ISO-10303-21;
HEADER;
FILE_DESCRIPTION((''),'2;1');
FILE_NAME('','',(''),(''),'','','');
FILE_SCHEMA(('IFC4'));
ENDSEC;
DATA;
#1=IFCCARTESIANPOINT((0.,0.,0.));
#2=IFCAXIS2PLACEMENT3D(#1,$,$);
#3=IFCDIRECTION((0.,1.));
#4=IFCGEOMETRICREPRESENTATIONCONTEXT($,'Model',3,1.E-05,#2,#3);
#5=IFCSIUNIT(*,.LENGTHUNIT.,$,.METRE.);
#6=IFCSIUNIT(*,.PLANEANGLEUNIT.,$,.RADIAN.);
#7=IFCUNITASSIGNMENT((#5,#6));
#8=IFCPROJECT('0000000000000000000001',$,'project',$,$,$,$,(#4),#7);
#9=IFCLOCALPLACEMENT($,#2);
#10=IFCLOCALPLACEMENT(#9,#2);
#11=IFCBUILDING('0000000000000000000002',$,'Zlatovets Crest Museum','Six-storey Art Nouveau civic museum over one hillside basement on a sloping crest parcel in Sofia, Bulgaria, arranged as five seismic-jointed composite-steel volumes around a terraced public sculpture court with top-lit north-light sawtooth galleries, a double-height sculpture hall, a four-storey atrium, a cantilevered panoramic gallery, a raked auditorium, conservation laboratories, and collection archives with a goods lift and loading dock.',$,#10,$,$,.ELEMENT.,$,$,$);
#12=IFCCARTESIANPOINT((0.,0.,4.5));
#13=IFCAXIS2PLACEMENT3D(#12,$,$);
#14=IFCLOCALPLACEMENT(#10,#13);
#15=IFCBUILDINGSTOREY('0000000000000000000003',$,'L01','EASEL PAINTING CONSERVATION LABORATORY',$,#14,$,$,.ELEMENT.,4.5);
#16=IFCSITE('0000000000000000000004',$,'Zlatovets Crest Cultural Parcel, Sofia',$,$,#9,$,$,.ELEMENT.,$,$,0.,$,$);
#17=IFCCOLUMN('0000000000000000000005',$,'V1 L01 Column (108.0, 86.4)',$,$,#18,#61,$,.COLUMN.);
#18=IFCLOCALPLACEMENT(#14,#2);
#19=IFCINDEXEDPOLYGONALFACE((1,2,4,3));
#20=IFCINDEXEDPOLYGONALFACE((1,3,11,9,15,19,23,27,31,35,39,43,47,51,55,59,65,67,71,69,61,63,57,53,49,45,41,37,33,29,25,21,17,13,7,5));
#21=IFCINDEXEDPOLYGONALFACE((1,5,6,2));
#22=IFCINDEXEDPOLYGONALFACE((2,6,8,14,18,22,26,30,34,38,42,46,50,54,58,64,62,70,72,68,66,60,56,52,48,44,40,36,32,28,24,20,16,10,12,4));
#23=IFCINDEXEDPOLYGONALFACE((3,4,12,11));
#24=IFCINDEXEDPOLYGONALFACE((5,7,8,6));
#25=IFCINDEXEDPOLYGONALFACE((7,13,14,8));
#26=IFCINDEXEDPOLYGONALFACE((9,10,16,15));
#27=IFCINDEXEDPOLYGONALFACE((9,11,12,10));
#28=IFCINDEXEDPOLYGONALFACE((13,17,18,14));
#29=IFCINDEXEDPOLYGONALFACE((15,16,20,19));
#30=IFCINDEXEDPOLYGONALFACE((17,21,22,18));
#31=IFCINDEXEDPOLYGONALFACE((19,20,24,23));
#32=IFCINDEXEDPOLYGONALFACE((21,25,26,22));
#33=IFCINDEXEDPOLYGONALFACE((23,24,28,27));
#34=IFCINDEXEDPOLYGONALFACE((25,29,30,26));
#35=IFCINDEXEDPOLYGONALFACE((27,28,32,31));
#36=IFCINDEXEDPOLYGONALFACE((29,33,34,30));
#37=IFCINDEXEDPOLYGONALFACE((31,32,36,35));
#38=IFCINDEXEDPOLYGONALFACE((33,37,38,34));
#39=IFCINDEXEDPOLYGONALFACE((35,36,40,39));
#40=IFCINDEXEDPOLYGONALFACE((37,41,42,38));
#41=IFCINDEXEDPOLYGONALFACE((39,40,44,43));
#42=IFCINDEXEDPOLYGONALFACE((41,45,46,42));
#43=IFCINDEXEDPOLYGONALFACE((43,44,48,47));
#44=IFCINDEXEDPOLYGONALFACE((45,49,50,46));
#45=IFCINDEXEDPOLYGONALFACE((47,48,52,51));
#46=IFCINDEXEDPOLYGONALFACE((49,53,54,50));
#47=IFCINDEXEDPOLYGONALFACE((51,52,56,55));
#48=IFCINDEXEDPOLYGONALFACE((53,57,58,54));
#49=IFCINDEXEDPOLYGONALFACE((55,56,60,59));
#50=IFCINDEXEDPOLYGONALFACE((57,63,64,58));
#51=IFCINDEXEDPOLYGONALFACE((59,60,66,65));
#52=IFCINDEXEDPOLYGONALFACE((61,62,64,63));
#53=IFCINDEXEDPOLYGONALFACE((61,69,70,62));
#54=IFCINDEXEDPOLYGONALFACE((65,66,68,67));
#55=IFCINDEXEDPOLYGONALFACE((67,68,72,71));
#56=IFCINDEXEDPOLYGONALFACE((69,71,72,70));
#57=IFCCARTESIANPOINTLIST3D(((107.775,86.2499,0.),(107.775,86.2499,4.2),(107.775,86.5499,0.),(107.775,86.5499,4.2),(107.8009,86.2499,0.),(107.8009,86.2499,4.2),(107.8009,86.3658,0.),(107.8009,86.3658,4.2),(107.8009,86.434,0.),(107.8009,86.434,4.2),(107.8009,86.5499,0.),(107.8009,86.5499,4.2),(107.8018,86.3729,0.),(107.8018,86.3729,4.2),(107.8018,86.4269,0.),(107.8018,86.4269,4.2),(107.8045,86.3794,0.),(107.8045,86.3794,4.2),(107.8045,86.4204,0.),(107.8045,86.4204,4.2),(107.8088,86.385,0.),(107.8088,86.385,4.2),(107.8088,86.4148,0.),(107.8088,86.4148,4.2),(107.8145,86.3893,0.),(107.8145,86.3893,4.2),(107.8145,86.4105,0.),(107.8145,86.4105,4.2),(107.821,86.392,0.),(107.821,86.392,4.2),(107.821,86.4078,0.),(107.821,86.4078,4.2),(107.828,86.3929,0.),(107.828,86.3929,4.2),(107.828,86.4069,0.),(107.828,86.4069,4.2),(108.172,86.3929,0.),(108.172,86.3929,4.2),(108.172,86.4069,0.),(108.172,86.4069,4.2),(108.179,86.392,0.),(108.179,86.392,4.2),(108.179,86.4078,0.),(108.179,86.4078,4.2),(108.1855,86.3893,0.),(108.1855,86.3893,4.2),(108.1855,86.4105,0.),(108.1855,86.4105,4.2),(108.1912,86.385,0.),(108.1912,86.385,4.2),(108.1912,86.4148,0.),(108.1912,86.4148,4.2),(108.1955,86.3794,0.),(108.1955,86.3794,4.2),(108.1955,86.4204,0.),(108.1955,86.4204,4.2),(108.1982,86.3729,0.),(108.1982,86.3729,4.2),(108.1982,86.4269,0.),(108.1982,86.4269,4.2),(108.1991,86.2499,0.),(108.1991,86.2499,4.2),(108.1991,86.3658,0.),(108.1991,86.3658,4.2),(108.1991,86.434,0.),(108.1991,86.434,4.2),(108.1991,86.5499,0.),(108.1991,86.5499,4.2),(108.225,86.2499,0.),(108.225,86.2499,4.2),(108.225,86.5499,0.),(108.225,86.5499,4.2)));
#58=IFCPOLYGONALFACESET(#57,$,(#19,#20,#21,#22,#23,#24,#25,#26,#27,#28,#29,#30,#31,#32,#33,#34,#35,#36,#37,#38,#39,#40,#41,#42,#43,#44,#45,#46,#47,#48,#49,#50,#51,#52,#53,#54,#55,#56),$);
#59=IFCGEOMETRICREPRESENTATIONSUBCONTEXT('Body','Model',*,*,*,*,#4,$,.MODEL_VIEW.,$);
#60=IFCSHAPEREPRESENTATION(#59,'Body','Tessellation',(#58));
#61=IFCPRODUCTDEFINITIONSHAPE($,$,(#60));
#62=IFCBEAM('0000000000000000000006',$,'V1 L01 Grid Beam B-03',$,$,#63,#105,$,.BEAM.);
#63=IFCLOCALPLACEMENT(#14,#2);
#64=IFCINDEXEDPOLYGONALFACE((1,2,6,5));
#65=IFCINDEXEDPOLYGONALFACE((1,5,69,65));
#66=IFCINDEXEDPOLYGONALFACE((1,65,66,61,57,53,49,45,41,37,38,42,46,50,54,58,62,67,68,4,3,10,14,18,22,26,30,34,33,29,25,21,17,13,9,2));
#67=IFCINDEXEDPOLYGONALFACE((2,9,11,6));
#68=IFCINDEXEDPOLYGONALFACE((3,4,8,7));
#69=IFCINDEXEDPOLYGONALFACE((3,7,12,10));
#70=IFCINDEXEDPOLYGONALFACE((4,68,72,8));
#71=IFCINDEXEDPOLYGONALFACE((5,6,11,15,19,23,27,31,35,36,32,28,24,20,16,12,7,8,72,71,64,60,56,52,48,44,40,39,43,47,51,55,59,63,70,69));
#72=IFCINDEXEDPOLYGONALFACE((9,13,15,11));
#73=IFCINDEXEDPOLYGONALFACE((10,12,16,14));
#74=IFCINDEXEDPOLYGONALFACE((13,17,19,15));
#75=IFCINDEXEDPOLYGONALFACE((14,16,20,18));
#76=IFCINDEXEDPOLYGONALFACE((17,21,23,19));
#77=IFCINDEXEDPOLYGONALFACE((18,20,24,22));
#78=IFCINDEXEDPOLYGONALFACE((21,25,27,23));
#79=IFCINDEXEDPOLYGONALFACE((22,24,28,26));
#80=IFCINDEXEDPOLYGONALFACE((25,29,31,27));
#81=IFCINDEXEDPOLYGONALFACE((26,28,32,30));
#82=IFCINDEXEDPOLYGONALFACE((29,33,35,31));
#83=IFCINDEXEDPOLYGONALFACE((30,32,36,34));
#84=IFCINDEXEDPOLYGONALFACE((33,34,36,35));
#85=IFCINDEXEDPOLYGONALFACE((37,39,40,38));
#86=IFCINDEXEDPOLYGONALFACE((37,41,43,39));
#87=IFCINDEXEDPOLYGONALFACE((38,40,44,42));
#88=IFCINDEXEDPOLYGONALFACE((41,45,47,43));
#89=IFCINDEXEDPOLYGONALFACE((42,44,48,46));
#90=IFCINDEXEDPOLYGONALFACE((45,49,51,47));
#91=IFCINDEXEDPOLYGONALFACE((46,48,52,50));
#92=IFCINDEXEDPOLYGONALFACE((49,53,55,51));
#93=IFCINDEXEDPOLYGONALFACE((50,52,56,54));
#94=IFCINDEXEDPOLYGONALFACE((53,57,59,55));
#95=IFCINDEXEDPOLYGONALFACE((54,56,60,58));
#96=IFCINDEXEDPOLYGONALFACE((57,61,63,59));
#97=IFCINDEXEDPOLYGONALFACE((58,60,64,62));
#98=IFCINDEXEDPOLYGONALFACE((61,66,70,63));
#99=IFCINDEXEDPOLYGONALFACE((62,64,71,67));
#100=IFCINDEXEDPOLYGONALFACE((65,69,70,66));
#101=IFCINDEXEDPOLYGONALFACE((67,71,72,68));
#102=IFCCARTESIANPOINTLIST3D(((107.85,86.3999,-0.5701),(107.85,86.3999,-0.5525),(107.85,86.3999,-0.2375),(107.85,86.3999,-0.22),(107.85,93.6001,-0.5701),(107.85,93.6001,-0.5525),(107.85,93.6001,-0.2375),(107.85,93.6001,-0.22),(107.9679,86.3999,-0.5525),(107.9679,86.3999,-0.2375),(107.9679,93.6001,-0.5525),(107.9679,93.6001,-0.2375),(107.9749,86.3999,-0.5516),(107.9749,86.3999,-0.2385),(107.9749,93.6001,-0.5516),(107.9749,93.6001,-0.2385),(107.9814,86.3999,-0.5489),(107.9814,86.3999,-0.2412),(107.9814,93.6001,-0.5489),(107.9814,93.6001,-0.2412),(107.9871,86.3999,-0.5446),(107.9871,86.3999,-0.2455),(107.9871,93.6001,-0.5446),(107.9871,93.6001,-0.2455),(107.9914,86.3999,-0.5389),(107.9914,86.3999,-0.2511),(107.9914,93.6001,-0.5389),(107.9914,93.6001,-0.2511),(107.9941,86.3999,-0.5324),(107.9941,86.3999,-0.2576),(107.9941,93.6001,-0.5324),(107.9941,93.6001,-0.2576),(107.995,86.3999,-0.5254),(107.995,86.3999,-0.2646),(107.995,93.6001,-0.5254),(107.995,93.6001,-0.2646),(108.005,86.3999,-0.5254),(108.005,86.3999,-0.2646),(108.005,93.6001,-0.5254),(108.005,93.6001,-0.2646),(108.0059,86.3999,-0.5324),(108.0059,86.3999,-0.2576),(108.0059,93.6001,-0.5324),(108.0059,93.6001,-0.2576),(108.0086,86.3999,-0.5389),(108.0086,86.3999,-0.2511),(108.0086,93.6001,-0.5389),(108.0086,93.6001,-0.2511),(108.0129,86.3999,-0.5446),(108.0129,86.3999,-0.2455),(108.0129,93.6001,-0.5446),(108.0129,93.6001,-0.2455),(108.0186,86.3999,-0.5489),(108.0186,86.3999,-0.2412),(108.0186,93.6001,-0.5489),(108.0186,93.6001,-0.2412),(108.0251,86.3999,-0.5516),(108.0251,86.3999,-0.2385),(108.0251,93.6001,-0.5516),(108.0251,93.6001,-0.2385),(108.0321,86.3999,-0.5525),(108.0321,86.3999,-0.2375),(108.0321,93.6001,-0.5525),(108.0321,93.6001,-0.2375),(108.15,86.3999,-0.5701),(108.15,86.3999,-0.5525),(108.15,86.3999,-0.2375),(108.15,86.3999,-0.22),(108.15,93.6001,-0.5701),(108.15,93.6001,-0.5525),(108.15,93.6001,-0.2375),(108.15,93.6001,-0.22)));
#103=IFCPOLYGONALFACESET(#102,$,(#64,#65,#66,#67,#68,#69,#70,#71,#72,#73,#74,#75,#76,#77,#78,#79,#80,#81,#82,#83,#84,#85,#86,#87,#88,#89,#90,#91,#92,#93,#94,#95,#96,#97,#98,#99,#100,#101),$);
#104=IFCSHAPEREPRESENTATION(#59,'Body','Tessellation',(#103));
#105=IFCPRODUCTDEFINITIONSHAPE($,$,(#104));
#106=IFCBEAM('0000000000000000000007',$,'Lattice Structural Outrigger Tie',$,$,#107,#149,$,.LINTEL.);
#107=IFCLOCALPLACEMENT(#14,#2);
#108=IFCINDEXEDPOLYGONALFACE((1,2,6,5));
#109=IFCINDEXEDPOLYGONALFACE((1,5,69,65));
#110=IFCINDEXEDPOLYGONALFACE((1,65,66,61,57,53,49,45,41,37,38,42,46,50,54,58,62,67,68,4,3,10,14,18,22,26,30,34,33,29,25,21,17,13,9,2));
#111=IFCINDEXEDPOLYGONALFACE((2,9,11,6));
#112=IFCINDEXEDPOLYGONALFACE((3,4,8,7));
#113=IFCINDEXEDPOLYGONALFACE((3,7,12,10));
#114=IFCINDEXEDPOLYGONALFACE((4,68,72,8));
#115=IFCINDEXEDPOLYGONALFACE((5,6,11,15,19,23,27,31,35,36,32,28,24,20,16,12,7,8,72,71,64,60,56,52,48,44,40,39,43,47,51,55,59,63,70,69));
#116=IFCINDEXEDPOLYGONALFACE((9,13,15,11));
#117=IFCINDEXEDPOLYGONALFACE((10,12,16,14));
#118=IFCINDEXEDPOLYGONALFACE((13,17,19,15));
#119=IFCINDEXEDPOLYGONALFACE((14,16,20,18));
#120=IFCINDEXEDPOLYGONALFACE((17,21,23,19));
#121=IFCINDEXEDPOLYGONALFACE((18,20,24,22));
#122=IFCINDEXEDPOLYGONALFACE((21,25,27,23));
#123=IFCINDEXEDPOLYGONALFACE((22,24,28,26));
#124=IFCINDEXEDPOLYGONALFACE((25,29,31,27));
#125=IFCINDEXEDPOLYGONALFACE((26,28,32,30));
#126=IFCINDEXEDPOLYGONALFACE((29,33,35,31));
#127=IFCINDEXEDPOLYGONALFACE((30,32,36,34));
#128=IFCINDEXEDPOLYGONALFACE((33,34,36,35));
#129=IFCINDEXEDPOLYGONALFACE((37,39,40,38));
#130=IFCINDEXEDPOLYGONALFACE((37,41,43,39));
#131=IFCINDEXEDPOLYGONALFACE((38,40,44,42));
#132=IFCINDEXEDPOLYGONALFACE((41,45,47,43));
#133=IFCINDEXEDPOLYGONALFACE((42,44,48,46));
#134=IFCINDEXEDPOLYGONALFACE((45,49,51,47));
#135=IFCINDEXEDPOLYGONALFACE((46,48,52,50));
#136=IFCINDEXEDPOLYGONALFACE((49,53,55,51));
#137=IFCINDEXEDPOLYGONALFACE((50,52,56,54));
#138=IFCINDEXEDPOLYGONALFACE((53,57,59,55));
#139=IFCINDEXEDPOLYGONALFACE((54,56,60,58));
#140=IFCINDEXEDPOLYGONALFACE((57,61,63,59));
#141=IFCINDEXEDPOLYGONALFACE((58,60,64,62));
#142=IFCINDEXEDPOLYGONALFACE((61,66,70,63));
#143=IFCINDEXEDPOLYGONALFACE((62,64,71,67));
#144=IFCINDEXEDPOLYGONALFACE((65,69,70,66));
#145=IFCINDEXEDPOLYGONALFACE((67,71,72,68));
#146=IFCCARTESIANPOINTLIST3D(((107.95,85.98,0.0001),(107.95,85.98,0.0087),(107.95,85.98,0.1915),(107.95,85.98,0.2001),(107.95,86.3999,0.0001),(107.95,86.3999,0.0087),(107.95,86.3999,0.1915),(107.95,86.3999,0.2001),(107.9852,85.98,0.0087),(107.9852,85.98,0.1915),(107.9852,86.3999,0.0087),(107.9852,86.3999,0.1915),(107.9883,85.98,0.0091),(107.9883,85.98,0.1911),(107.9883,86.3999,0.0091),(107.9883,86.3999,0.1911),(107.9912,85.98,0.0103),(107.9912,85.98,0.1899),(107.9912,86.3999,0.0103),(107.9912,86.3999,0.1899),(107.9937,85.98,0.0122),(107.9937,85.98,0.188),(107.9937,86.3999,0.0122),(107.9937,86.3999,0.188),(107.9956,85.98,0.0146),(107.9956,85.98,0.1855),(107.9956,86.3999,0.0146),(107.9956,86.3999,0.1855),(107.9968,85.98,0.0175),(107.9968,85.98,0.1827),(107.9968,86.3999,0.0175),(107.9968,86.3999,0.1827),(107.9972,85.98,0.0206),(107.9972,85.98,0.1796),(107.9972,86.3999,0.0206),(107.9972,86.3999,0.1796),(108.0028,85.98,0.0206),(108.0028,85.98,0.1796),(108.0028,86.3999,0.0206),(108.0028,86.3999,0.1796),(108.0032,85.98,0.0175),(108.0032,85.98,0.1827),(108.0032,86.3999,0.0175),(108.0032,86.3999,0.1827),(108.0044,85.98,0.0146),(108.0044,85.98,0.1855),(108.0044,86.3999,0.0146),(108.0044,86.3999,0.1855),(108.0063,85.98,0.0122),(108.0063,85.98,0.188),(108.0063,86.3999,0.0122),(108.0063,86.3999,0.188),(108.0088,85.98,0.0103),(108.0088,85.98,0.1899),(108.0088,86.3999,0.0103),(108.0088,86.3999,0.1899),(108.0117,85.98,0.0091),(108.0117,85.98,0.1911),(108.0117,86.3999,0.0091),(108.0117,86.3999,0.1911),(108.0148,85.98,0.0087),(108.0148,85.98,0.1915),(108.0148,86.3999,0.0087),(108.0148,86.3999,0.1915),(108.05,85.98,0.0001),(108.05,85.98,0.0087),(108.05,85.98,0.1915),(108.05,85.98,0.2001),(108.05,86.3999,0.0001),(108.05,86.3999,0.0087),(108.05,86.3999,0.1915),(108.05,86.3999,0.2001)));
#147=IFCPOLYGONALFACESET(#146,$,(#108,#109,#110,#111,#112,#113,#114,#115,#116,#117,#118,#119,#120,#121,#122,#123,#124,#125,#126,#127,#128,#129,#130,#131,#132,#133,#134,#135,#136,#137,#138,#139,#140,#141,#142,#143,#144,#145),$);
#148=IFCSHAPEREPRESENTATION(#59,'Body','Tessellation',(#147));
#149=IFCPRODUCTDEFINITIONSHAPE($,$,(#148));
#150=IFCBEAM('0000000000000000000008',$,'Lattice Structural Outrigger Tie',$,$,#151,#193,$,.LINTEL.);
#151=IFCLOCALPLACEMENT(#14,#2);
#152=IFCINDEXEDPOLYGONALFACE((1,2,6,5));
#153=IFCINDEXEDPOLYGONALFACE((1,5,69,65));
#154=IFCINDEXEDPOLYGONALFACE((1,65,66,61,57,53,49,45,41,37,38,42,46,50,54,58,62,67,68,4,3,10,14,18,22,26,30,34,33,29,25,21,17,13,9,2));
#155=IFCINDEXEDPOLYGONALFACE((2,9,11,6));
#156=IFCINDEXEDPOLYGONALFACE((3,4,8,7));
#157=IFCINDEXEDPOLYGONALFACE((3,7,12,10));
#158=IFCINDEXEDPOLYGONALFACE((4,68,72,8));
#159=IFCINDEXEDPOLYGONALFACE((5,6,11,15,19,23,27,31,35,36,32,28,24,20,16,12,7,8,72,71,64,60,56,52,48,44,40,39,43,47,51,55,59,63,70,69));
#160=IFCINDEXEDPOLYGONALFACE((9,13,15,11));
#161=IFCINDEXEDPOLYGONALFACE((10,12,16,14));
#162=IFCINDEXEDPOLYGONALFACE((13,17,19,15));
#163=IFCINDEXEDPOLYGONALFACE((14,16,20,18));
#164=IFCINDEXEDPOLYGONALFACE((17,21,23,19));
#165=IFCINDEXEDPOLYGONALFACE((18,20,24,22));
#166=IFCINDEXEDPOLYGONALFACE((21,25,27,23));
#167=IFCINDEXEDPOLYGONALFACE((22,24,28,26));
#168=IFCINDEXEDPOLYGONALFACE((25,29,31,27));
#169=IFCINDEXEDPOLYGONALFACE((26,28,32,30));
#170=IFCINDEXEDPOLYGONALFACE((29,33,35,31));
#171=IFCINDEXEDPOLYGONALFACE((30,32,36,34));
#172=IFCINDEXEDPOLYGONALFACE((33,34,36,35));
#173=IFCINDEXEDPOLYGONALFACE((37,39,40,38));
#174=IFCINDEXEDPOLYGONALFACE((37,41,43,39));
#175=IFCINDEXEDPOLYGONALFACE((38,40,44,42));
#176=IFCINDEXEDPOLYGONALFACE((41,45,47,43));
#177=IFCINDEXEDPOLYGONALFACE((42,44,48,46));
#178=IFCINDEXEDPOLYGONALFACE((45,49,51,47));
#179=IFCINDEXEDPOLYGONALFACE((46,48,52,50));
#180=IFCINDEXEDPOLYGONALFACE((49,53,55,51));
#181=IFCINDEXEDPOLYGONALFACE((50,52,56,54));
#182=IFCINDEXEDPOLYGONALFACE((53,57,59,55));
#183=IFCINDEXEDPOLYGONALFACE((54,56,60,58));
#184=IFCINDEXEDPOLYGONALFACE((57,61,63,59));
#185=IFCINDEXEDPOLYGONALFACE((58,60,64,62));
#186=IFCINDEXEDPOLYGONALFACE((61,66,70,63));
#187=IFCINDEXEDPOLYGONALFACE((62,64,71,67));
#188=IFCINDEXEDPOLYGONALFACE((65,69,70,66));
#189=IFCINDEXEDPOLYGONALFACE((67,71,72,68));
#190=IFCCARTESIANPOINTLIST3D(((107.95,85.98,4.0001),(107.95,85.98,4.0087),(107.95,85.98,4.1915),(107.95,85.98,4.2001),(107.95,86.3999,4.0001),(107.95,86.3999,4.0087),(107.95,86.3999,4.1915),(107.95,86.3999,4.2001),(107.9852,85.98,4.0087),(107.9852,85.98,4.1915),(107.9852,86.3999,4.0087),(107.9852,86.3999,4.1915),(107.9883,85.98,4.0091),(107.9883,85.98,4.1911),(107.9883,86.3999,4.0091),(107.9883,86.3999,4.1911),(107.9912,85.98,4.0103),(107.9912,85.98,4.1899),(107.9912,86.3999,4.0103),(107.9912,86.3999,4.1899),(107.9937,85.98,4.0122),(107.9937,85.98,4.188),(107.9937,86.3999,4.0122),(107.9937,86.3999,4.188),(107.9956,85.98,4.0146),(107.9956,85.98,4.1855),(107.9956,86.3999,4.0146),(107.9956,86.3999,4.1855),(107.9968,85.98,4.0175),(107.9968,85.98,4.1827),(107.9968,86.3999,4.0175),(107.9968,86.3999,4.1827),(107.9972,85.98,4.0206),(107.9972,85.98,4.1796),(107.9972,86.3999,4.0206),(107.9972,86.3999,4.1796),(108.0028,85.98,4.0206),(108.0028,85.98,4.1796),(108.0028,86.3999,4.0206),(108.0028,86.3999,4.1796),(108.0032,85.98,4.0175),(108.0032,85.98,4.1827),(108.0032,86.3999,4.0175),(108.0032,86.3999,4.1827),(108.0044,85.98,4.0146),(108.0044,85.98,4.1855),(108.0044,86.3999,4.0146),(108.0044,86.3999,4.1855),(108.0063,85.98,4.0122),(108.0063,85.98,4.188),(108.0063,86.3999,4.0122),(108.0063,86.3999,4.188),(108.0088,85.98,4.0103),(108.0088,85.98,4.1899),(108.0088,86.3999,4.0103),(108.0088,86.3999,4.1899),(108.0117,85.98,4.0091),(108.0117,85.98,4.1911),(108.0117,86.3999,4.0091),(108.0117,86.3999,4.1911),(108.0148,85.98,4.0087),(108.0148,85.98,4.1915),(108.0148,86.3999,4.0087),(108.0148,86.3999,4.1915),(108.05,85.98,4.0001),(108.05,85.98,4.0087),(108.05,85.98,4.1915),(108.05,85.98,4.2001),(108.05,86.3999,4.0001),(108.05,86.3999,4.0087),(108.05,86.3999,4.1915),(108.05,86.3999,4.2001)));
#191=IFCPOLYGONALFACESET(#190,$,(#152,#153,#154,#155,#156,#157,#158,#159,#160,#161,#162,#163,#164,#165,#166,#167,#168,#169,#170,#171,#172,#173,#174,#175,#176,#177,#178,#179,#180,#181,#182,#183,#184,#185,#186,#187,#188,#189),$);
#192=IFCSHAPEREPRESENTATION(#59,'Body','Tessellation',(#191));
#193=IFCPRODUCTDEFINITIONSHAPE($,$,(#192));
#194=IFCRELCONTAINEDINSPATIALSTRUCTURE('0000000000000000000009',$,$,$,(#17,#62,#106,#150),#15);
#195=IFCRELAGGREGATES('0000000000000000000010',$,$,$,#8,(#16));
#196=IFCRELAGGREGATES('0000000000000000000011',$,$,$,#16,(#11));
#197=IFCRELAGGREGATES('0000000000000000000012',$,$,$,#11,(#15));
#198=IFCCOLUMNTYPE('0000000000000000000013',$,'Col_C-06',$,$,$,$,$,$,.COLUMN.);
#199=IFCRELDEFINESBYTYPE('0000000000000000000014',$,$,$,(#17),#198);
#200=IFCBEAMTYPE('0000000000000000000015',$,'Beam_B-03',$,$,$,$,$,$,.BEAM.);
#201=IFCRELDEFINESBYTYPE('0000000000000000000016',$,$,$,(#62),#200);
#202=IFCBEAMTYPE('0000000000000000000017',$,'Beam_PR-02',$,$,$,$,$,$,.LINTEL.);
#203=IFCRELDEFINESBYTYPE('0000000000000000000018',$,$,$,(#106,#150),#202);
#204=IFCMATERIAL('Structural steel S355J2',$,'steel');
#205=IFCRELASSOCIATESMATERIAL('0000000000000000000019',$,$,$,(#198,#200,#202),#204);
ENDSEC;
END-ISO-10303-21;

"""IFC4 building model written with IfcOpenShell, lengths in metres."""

from ifc_helpers import new_model, si_unit, direction, frame, origin, origin_2d, place, context, subcontext, project, spatial, i_section, extrude, material, material_profile, profile_set, type_object, element, save


model = new_model("IFC4")

# Units and contexts
model_context = context("Model", 3, precision=1e-05, world=origin(), true_north=direction((0.0, 1.0)))
body_context = subcontext(model_context, "Body", "Model", "MODEL_VIEW")
ifc_project = project(units=[si_unit("LENGTHUNIT", "METRE"), si_unit("PLANEANGLEUNIT", "RADIAN")], contexts=[model_context])

# Site, building, storey
site_placement = place(None, origin())
site = spatial("IfcSite", under=ifc_project, at=site_placement, Name="Zlatovets Crest Cultural Parcel, Sofia", CompositionType="ELEMENT", RefElevation=0.0)
building_placement = place(site_placement, origin())
building = spatial("IfcBuilding", under=site, at=building_placement, Name="Zlatovets Crest Museum", Description="Six-storey Art Nouveau civic museum over one hillside basement on a sloping crest parcel in Sofia, Bulgaria, arranged as five seismic-jointed composite-steel volumes around a terraced public sculpture court with top-lit north-light sawtooth galleries, a double-height sculpture hall, a four-storey atrium, a cantilevered panoramic gallery, a raked auditorium, conservation laboratories, and collection archives with a goods lift and loading dock.", CompositionType="ELEMENT")
storey_placement = place(building_placement, frame((0.0, 0.0, 4.5)))
storey = spatial("IfcBuildingStorey", under=building, at=storey_placement, Name="L01", Description="EASEL PAINTING CONSERVATION LABORATORY", CompositionType="ELEMENT", Elevation=4.5)

# Column
ifc_material_1 = material(Name="Structural steel S355J2", Category="steel")
ifc_material_profile_1 = material_profile(ifc_material_1, i_section(OverallWidth=0.3, OverallDepth=0.45, WebThickness=0.0139, FlangeThickness=0.0259, FilletRadius=0.0271, at=origin_2d()), Name="HEB 450")
ifc_profile_set_1 = profile_set([ifc_material_profile_1], Name="Structural steel S355J2")
column_type = type_object("IfcColumnType", Name="Col_C-06", PredefinedType="COLUMN", material=ifc_profile_set_1)
column_placement = place(storey_placement, frame((108.0, 86.3999, 0.0), z_axis=(0.0, 0.0, 1.0), x_axis=(0.0, 1.0, 0.0)))
element("IfcColumn", 1, at=column_placement, inside=storey, type_object=column_type, Name="V1 L01 Column (108.0, 86.4)", PredefinedType="COLUMN", context=body_context, shape_type="SweptSolid", body=[
    extrude(i_section(OverallWidth=0.3, OverallDepth=0.45, WebThickness=0.0139, FlangeThickness=0.0259, FilletRadius=0.0271, at=origin_2d()), origin(), (0.0, 0.0, 1.0), 4.2),
])

# Beams
ifc_material_profile_2 = material_profile(ifc_material_1, i_section(OverallWidth=0.3, OverallDepth=0.3501, WebThickness=0.01, FlangeThickness=0.0176, FilletRadius=0.0271, at=origin_2d()), Name="HEA 360")
ifc_profile_set_2 = profile_set([ifc_material_profile_2], Name="Structural steel S355J2")
beam_type_1 = type_object("IfcBeamType", Name="Beam_B-03", PredefinedType="BEAM", material=ifc_profile_set_2)
beam_placement = place(storey_placement, frame((108.0, 86.3999, -0.395), z_axis=(0.0, 1.0, 0.0), x_axis=(-1.0, 0.0, 0.0)))
element("IfcBeam", 2, at=beam_placement, inside=storey, type_object=beam_type_1, Name="V1 L01 Grid Beam B-03", PredefinedType="BEAM", context=body_context, shape_type="SweptSolid", body=[
    extrude(i_section(OverallWidth=0.3, OverallDepth=0.3501, WebThickness=0.01, FlangeThickness=0.0176, FilletRadius=0.0271, at=origin_2d()), origin(), (0.0, 0.0, 1.0), 7.2002),
])
ifc_material_profile_3 = material_profile(ifc_material_1, i_section(OverallWidth=0.1001, OverallDepth=0.2, WebThickness=0.0056, FlangeThickness=0.0085, FilletRadius=0.012, at=origin_2d()), Name="IPE 200")
ifc_profile_set_3 = profile_set([ifc_material_profile_3], Name="Structural steel S355J2")
beam_type_2 = type_object("IfcBeamType", Name="Beam_PR-02", PredefinedType="LINTEL", material=ifc_profile_set_3)
for number, where, z_axis, x_axis, name in (
    (3, (108.0, 86.3999, 0.1001), (0.0, -1.0, 0.0), (1.0, 0.0, 0.0), "Lattice Structural Outrigger Tie"),
    (4, (108.0, 86.3999, 4.1001), (0.0, -1.0, 0.0), (1.0, 0.0, 0.0), "Lattice Structural Outrigger Tie"),
):
    element("IfcBeam", number, at=place(storey_placement, frame(where, z_axis=z_axis, x_axis=x_axis)), inside=storey, type_object=beam_type_2, Name=name, PredefinedType="LINTEL", context=body_context, shape_type="SweptSolid", body=[
        extrude(i_section(OverallWidth=0.1001, OverallDepth=0.2, WebThickness=0.0056, FlangeThickness=0.0085, FilletRadius=0.012, at=origin_2d()), origin(), (0.0, 0.0, 1.0), 0.4199),
    ])

save(model, "model.ifc")
